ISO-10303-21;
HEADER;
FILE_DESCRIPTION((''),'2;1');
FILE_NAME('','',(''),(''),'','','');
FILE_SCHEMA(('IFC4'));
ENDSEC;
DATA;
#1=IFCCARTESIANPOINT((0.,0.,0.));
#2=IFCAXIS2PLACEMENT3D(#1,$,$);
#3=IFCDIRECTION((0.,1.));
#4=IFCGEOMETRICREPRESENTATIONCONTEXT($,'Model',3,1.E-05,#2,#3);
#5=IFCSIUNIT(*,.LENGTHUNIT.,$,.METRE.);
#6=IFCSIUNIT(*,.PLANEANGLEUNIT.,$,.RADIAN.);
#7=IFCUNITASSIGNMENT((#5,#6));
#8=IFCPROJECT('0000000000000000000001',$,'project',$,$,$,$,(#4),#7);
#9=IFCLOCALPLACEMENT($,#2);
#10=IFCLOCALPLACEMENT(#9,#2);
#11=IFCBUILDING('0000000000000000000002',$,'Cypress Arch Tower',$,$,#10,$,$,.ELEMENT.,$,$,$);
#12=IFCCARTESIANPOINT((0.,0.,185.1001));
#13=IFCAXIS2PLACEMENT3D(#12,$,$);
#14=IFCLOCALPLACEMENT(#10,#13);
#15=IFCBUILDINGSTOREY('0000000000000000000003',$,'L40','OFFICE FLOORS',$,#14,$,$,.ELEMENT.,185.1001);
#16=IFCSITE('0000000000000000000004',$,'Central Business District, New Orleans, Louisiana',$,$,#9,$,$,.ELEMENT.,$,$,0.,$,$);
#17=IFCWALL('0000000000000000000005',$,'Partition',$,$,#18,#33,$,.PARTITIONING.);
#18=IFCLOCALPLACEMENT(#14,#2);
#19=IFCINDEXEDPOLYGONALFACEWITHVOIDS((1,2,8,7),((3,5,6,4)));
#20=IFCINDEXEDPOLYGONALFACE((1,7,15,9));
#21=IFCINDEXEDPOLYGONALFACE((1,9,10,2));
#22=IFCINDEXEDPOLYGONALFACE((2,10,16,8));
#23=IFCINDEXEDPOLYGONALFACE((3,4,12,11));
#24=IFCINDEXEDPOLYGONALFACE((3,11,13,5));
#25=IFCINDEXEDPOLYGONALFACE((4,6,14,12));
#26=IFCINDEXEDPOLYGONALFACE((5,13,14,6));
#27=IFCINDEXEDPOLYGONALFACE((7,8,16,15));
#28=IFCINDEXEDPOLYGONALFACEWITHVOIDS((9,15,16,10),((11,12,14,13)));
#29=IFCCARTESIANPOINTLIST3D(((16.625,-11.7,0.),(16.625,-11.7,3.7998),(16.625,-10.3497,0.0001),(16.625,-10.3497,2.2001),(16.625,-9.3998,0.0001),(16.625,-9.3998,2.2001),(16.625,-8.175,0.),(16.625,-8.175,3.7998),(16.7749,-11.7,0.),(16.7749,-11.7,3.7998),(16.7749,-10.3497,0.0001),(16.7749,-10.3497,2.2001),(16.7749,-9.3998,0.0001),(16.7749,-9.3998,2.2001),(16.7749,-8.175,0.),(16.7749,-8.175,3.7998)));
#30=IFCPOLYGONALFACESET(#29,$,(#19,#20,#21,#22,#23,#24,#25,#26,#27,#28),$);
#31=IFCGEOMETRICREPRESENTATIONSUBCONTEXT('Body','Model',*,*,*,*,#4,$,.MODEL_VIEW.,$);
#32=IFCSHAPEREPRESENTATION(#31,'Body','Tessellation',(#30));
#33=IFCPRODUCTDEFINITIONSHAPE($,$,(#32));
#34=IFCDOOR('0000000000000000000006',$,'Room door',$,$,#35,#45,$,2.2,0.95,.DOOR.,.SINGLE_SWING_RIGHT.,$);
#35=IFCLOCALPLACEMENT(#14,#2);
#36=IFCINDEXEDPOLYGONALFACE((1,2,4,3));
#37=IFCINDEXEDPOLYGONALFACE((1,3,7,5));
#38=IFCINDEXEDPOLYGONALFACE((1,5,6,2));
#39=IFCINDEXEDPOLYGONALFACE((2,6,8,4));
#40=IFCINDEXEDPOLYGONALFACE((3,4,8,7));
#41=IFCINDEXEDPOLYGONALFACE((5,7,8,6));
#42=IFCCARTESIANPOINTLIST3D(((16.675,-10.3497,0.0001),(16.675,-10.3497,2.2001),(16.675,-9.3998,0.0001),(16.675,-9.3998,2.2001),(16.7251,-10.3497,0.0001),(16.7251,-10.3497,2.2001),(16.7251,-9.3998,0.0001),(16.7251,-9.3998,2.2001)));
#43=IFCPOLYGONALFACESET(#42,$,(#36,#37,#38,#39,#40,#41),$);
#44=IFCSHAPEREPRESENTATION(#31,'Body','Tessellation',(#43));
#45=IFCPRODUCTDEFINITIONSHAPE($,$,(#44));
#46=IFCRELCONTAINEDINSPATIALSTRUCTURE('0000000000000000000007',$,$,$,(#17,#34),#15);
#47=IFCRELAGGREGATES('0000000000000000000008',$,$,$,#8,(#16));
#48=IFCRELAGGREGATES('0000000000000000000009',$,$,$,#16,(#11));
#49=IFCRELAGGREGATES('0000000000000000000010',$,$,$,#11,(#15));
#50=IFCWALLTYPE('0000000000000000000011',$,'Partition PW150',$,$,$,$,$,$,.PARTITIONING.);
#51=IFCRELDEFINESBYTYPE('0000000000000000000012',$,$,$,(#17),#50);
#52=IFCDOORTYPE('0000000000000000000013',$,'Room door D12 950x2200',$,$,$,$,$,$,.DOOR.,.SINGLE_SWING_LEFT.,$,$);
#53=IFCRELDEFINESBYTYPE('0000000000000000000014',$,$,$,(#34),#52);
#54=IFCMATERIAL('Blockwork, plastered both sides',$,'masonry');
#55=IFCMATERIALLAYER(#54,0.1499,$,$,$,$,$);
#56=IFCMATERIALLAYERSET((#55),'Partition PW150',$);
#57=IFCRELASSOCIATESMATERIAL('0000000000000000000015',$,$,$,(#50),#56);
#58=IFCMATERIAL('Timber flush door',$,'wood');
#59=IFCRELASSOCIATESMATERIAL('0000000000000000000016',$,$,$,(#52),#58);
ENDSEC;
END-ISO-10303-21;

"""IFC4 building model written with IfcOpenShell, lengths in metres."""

from ifc_helpers import new_model, si_unit, direction, frame, frame_2d, origin, place, context, subcontext, project, spatial, rectangle, extrude, material, layer, layer_set, type_object, element, fill, save


model = new_model("IFC4")

# Units and contexts
model_context = context("Model", 3, precision=1e-05, world=origin(), true_north=direction((0.0, 1.0)))
body_context = subcontext(model_context, "Body", "Model", "MODEL_VIEW")
ifc_project = project(units=[si_unit("LENGTHUNIT", "METRE"), si_unit("PLANEANGLEUNIT", "RADIAN")], contexts=[model_context])

# Site, building, storey
site_placement = place(None, origin())
site = spatial("IfcSite", under=ifc_project, at=site_placement, Name="Central Business District, New Orleans, Louisiana", CompositionType="ELEMENT", RefElevation=0.0)
building_placement = place(site_placement, origin())
building = spatial("IfcBuilding", under=site, at=building_placement, Name="Cypress Arch Tower", CompositionType="ELEMENT")
storey_placement = place(building_placement, frame((0.0, 0.0, 185.1001)))
storey = spatial("IfcBuildingStorey", under=building, at=storey_placement, Name="L40", Description="OFFICE FLOORS", CompositionType="ELEMENT", Elevation=185.1001)

# Shared definitions
ifc_material_1 = material(Name="Blockwork, plastered both sides", Category="masonry")
ifc_layer_1 = layer(ifc_material_1, 0.1499)
ifc_layer_set_1 = layer_set([ifc_layer_1], Name="Partition PW150")
wall_type_1 = type_object("IfcWallType", Name="Partition PW150", PredefinedType="PARTITIONING", material=ifc_layer_set_1)

# Wall, opening, door
wall_1_placement = place(storey_placement, frame((16.7, -11.7, 0.0), z_axis=(0.0, 0.0, 1.0), x_axis=(0.0, 1.0, 0.0)))
wall_1 = element("IfcWall", 1, at=wall_1_placement, inside=storey, type_object=wall_type_1, Name="Partition", PredefinedType="PARTITIONING", context=body_context, shape_type="SweptSolid", body=[
    extrude(rectangle(XDim=3.5249, YDim=0.1499, at=frame_2d((1.7625, 0.0))), origin(), (0.0, 0.0, 1.0), 3.7998),
])
opening_1_placement = place(wall_1_placement, frame((1.3501, 0.0, 0.0)))
opening_1 = element("IfcOpeningElement", 2, at=opening_1_placement, cuts=wall_1, PredefinedType="OPENING", context=body_context, shape_type="SweptSolid", body=[
    extrude(rectangle(XDim=0.95, YDim=2.2, at=frame_2d((0.4751, 1.1001))), frame((0.0, 0.085, 0.0), z_axis=(0.0, -1.0, 0.0), x_axis=(1.0, 0.0, 0.0)), (0.0, 0.0, 1.0), 0.1699),
])
ifc_material_2 = material(Name="Timber flush door", Category="wood")
door_type_1 = type_object("IfcDoorType", Name="Room door D12 950x2200", OperationType="SINGLE_SWING_LEFT", PredefinedType="DOOR", material=ifc_material_2)
door_1_placement = place(opening_1_placement, origin())
door_1 = element("IfcDoor", 3, at=door_1_placement, inside=storey, type_object=door_type_1, Name="Room door", OperationType="SINGLE_SWING_RIGHT", OverallHeight=2.2, OverallWidth=0.95, PredefinedType="DOOR", context=body_context, shape_type="SweptSolid", body=[
    extrude(rectangle(XDim=0.95, YDim=2.2, at=frame_2d((0.4751, 1.1001))), frame((0.0, 0.0249, 0.0), z_axis=(0.0, -1.0, 0.0), x_axis=(1.0, 0.0, 0.0)), (0.0, 0.0, 1.0), 0.05),
])
fill(opening_1, door_1)

save(model, "model.ifc")
